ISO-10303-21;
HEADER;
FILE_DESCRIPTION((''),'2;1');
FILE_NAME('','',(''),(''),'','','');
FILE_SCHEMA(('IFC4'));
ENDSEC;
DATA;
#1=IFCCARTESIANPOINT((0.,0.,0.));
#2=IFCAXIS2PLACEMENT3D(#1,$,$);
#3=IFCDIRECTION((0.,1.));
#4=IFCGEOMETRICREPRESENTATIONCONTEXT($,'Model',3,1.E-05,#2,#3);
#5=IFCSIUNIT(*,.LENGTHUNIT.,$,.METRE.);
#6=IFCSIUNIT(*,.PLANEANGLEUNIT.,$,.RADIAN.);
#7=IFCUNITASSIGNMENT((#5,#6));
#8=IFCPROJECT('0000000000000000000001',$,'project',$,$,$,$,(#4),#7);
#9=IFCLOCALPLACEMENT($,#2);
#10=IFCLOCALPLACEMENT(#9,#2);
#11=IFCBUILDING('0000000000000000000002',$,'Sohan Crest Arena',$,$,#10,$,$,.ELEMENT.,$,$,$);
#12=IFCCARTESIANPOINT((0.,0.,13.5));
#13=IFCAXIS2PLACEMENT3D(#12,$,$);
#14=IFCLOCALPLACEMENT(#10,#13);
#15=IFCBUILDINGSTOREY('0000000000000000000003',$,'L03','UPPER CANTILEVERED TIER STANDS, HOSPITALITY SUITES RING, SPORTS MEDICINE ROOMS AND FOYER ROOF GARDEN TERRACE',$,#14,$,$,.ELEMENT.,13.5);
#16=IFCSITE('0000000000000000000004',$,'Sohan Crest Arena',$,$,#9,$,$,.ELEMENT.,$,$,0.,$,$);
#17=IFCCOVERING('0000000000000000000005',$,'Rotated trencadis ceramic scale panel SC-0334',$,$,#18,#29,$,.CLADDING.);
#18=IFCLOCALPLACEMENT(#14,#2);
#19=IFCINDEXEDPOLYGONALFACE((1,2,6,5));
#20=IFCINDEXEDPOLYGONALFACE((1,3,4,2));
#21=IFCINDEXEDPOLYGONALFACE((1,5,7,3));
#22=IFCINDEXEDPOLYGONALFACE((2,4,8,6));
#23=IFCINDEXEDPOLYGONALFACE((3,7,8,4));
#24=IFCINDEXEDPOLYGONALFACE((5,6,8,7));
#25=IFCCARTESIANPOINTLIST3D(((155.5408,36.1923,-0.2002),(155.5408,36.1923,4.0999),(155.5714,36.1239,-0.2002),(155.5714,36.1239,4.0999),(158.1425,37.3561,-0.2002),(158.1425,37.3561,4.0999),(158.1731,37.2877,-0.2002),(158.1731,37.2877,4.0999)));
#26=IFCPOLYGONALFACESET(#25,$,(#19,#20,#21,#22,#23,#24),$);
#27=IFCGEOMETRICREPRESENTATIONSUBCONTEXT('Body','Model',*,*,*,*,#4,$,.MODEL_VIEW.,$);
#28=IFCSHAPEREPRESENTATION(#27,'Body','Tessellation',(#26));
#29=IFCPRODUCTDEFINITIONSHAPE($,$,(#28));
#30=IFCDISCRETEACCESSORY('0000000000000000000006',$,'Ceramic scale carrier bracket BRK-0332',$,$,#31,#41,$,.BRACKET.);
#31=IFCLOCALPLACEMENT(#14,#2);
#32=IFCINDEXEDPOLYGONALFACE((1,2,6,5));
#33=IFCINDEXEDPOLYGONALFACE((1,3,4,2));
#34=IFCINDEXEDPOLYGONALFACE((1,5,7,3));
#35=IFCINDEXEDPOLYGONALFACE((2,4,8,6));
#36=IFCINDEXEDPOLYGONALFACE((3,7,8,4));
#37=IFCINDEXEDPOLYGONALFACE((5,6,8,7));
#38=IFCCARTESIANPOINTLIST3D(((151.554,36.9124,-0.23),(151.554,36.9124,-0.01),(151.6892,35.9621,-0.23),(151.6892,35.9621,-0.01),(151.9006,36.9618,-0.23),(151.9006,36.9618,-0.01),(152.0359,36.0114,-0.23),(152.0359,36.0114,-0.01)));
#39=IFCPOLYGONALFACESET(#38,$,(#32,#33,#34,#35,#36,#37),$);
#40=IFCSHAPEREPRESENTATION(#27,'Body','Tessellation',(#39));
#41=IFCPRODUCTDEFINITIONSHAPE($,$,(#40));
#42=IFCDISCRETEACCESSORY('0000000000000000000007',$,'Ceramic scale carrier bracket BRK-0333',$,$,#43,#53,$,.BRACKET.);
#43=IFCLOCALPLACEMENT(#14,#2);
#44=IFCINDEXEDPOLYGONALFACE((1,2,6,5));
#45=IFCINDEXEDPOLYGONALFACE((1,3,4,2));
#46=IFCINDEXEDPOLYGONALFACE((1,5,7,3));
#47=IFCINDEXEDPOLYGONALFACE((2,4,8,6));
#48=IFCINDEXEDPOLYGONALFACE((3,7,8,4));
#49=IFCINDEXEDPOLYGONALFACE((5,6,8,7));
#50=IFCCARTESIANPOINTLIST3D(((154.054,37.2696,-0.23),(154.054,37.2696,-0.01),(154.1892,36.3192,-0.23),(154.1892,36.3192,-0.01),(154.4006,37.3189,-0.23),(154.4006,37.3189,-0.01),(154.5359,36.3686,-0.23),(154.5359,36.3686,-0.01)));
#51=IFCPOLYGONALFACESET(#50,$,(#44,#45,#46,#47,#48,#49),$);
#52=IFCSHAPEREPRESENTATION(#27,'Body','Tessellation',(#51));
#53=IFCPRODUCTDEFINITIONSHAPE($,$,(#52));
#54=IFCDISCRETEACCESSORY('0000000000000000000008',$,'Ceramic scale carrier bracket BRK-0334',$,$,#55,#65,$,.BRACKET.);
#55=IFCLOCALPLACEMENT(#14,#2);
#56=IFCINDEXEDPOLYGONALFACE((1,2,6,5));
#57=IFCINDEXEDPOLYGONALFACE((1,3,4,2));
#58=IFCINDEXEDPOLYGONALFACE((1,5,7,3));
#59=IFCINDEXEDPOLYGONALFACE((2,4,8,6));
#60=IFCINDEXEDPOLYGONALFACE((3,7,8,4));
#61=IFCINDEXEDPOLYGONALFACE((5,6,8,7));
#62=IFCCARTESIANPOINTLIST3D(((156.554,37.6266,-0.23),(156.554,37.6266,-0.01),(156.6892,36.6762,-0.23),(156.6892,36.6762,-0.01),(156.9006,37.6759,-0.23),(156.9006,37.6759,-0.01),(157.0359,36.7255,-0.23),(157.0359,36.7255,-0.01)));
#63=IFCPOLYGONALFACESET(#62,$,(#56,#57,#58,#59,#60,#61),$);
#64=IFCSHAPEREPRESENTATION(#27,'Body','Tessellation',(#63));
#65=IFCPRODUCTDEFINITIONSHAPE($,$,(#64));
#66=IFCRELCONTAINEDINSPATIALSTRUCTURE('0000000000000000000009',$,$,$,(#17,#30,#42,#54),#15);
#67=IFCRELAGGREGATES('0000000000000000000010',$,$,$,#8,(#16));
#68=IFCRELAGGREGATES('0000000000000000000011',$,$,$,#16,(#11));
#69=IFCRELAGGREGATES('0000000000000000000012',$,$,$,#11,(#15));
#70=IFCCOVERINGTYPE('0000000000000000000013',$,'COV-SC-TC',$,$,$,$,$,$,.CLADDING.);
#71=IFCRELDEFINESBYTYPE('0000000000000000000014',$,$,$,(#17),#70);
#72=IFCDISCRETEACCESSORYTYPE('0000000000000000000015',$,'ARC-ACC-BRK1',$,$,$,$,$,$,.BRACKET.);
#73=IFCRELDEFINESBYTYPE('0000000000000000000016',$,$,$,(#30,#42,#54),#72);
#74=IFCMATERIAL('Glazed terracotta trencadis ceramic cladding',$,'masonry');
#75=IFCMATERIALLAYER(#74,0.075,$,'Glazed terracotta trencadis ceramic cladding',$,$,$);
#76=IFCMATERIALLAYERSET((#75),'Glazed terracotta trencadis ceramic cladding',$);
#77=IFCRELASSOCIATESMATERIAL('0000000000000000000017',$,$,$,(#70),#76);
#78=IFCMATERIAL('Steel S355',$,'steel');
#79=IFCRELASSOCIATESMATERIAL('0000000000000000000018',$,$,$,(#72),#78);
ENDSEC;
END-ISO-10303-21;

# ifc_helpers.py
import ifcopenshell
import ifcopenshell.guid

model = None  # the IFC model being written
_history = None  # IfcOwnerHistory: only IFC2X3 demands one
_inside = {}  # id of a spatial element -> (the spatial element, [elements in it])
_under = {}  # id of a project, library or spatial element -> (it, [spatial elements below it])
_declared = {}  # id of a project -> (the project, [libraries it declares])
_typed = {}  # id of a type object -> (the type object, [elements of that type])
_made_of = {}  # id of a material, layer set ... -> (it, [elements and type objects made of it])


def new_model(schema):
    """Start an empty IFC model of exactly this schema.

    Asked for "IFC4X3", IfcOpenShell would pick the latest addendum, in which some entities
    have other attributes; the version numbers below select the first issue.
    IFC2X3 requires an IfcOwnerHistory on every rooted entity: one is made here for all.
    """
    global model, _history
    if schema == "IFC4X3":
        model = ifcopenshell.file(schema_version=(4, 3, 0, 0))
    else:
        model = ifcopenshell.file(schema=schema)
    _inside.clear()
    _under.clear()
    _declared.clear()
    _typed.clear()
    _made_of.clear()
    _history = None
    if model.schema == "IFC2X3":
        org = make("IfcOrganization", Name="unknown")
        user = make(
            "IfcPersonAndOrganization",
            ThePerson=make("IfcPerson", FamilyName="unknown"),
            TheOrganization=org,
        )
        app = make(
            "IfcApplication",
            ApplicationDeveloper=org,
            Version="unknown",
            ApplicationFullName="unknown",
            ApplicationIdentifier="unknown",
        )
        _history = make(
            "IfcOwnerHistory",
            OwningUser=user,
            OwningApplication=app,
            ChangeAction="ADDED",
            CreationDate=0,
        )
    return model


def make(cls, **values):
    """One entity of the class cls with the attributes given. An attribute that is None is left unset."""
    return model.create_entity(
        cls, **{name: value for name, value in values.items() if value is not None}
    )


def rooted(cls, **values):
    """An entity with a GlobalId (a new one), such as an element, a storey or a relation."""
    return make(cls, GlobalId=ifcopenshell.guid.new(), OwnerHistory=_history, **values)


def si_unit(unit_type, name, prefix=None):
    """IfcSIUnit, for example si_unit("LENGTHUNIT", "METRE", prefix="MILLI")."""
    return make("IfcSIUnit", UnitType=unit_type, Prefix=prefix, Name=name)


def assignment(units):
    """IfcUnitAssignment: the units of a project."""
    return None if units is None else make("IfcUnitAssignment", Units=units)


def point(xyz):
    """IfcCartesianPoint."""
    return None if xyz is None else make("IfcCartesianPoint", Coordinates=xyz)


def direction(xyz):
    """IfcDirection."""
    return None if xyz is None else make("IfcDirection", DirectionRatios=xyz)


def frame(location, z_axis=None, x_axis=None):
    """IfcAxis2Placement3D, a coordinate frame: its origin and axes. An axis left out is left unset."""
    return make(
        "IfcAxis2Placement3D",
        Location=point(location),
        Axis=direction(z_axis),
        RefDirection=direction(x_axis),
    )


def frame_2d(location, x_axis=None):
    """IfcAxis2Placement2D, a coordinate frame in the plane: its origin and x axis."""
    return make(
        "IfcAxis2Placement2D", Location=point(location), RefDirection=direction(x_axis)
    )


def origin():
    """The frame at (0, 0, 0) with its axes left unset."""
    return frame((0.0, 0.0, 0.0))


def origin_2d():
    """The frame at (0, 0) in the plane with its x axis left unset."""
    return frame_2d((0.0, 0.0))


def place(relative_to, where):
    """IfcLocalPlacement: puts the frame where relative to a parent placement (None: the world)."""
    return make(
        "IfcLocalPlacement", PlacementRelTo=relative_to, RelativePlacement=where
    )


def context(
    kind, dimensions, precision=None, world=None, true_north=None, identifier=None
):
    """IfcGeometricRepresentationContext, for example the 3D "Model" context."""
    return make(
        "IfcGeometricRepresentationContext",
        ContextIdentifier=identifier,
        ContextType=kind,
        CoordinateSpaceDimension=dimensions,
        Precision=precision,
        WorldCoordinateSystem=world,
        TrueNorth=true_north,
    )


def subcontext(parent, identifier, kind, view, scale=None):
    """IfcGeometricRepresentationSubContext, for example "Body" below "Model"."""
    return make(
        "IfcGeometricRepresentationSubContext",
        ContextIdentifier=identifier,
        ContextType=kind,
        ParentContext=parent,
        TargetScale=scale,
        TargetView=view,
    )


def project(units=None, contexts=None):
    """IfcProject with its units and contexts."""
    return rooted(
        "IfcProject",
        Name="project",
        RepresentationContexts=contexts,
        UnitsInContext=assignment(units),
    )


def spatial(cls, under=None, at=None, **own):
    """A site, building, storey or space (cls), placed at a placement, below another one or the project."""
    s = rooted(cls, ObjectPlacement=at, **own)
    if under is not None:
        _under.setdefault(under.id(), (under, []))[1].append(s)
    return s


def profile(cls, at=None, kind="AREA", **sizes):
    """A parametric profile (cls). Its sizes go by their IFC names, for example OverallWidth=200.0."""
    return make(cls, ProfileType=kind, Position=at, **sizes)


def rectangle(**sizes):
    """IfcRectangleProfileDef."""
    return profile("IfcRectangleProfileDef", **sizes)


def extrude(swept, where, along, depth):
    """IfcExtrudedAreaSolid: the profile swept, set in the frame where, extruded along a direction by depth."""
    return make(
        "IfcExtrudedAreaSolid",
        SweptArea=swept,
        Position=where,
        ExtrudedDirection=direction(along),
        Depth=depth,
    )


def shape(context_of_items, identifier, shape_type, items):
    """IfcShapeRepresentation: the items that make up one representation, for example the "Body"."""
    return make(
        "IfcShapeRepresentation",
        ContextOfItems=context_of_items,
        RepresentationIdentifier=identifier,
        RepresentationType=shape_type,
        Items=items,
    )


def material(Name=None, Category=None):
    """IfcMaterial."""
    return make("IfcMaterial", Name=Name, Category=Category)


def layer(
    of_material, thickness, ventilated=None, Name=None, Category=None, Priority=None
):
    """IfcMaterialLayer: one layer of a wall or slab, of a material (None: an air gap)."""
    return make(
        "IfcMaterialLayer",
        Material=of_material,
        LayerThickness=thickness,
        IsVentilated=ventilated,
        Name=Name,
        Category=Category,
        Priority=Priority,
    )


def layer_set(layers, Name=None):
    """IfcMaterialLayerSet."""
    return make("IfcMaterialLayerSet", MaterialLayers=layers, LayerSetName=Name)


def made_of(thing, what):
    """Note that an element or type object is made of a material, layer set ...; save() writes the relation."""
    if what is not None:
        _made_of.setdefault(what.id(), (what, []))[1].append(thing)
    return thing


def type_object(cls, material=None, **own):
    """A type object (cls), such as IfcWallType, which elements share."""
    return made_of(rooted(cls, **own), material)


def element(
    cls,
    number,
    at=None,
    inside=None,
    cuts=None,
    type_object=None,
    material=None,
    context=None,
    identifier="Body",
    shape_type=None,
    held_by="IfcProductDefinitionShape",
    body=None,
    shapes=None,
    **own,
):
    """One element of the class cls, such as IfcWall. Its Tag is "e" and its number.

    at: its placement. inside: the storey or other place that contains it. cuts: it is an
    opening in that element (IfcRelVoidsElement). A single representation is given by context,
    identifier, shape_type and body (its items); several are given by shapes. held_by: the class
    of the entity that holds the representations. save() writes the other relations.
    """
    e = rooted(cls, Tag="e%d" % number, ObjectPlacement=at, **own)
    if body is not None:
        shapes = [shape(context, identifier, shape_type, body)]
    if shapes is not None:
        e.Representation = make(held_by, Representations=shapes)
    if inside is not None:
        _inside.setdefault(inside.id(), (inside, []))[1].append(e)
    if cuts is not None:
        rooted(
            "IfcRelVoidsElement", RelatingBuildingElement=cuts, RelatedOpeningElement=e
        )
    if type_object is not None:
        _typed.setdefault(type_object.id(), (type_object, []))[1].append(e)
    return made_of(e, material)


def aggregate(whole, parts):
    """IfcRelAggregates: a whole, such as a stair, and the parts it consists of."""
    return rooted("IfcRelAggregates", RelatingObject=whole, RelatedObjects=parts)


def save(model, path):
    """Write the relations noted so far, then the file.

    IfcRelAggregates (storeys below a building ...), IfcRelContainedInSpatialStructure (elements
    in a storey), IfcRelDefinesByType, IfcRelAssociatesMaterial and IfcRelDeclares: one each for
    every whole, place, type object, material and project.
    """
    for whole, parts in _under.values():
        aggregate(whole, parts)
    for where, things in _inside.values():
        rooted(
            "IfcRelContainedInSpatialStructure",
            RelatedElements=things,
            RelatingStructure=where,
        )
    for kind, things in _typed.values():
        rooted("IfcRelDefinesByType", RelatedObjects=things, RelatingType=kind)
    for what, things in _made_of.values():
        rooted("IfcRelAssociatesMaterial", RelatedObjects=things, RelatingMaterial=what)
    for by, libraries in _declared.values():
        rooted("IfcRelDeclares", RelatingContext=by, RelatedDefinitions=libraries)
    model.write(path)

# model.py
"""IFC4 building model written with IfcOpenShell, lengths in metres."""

from ifc_helpers import new_model, si_unit, direction, frame, origin, origin_2d, place, context, subcontext, project, spatial, rectangle, extrude, material, layer, layer_set, type_object, element, save


model = new_model("IFC4")

# Units and contexts
model_context = context("Model", 3, precision=1e-05, world=origin(), true_north=direction((0.0, 1.0)))
body_context = subcontext(model_context, "Body", "Model", "MODEL_VIEW")
ifc_project = project(units=[si_unit("LENGTHUNIT", "METRE"), si_unit("PLANEANGLEUNIT", "RADIAN")], contexts=[model_context])

# Site, building, storey
site_placement = place(None, origin())
site = spatial("IfcSite", under=ifc_project, at=site_placement, Name="Sohan Crest Arena", CompositionType="ELEMENT", RefElevation=0.0)
building_placement = place(site_placement, origin())
building = spatial("IfcBuilding", under=site, at=building_placement, Name="Sohan Crest Arena", CompositionType="ELEMENT")
storey_placement = place(building_placement, frame((0.0, 0.0, 13.5)))
storey = spatial("IfcBuildingStorey", under=building, at=storey_placement, Name="L03", Description="UPPER CANTILEVERED TIER STANDS, HOSPITALITY SUITES RING, SPORTS MEDICINE ROOMS AND FOYER ROOF GARDEN TERRACE", CompositionType="ELEMENT", Elevation=13.5)

# Covering
ifc_material_1 = material(Name="Glazed terracotta trencadis ceramic cladding", Category="masonry")
ifc_layer_1 = layer(ifc_material_1, 0.075, Name="Glazed terracotta trencadis ceramic cladding")
ifc_layer_set_1 = layer_set([ifc_layer_1], Name="Glazed terracotta trencadis ceramic cladding")
covering_type_1 = type_object("IfcCoveringType", Name="COV-SC-TC", PredefinedType="CLADDING", material=ifc_layer_set_1)
covering_placement = place(storey_placement, frame((156.8569, 36.74, -0.2002), z_axis=(0.0, 0.0, 1.0), x_axis=(0.912834, 0.40833, 0.0)))
element("IfcCovering", 1, at=covering_placement, inside=storey, type_object=covering_type_1, Name="Rotated trencadis ceramic scale panel SC-0334", PredefinedType="CLADDING", context=body_context, shape_type="SweptSolid", body=[
    extrude(rectangle(XDim=2.8501, YDim=0.075, at=origin_2d()), origin(), (0.0, 0.0, 1.0), 4.3),
])

# Discrete accessories
ifc_material_2 = material(Name="Steel S355", Category="steel")
discrete_accessory_type = type_object("IfcDiscreteAccessoryType", Name="ARC-ACC-BRK1", PredefinedType="BRACKET", material=ifc_material_2)
for number, where, z_axis, x_axis, name in (
    (2, (151.7949, 36.4619, -0.23), (0.0, 0.0, 1.0), (0.990024, 0.140901, 0.0), "Ceramic scale carrier bracket BRK-0332"),
    (3, (154.2949, 36.8191, -0.23), (0.0, 0.0, 1.0), (0.990024, 0.140901, 0.0), "Ceramic scale carrier bracket BRK-0333"),
    (4, (156.7949, 37.176, -0.23), (0.0, 0.0, 1.0), (0.990024, 0.140901, 0.0), "Ceramic scale carrier bracket BRK-0334"),
):
    element("IfcDiscreteAccessory", number, at=place(storey_placement, frame(where, z_axis=z_axis, x_axis=x_axis)), inside=storey, type_object=discrete_accessory_type, Name=name, PredefinedType="BRACKET", context=body_context, shape_type="SweptSolid", body=[
        extrude(rectangle(XDim=0.3501, YDim=0.96, at=origin_2d()), origin(), (0.0, 0.0, 1.0), 0.22),
    ])

save(model, "model.ifc")
